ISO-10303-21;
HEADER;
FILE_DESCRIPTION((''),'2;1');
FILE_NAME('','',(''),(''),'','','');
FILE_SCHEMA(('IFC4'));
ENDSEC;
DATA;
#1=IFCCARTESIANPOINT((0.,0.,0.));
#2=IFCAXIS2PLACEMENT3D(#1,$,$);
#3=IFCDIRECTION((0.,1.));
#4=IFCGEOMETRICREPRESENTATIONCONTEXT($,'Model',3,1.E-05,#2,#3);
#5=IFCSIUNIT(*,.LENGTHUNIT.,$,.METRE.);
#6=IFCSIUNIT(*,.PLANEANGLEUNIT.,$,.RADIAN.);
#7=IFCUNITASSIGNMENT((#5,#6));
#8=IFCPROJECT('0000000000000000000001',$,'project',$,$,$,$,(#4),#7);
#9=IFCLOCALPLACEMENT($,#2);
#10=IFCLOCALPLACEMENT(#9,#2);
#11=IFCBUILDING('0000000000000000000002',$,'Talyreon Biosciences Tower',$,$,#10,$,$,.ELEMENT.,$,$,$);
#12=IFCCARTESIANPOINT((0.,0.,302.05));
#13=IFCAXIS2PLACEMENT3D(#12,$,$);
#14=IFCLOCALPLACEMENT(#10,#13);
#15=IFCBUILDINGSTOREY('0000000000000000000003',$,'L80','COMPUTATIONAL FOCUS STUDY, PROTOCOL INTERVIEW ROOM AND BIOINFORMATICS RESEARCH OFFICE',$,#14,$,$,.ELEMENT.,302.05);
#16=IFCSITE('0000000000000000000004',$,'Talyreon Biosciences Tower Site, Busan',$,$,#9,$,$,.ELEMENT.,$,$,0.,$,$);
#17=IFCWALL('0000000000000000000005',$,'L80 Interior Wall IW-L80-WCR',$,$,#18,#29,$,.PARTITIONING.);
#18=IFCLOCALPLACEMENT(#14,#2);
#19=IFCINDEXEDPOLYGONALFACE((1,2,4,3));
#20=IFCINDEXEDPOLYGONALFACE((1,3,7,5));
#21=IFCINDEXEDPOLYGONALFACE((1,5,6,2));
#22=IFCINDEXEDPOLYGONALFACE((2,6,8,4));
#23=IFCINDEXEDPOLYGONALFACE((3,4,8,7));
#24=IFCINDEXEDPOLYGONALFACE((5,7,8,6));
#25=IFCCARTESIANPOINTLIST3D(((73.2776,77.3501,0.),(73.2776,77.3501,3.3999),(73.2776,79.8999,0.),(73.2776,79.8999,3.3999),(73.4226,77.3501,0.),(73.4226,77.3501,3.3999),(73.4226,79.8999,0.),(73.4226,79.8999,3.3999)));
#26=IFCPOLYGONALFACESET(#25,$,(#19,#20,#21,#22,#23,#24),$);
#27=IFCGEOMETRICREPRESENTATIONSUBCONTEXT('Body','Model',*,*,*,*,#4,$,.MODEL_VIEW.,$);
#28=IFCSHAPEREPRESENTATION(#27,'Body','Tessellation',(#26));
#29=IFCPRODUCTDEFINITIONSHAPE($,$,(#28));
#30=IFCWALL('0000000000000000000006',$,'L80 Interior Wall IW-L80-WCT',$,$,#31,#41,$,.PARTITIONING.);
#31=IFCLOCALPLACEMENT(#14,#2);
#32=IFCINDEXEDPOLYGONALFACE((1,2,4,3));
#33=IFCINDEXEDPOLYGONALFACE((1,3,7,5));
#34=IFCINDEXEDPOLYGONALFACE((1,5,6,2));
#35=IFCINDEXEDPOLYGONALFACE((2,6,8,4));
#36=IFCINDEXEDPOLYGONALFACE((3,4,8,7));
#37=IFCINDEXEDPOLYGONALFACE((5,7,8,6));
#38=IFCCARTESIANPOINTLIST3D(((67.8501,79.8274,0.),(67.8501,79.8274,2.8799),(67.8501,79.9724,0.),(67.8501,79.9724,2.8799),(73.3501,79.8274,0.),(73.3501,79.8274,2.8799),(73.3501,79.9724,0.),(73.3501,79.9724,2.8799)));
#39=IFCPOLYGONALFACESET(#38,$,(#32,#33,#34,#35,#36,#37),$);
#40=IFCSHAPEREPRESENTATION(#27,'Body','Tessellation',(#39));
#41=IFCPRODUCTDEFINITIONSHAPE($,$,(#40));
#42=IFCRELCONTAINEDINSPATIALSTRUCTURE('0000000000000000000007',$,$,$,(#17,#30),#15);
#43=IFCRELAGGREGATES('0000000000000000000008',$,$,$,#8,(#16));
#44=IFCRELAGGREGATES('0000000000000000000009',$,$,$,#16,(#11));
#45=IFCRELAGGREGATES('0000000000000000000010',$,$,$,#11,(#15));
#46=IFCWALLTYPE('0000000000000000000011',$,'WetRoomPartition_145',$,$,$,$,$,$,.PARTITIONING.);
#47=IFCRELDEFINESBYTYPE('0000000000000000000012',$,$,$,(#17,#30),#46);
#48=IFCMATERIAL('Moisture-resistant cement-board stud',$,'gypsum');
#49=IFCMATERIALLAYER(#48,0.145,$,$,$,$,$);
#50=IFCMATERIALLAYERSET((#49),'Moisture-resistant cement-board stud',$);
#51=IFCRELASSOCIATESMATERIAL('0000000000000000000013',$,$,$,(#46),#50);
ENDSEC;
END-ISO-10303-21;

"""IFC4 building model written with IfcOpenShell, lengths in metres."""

from ifc_helpers import new_model, si_unit, direction, frame, frame_2d, origin, place, context, subcontext, project, spatial, rectangle, extrude, material, layer, layer_set, type_object, element, save


model = new_model("IFC4")

# Units and contexts
model_context = context("Model", 3, precision=1e-05, world=origin(), true_north=direction((0.0, 1.0)))
body_context = subcontext(model_context, "Body", "Model", "MODEL_VIEW")
ifc_project = project(units=[si_unit("LENGTHUNIT", "METRE"), si_unit("PLANEANGLEUNIT", "RADIAN")], contexts=[model_context])

# Site, building, storey
site_placement = place(None, origin())
site = spatial("IfcSite", under=ifc_project, at=site_placement, Name="Talyreon Biosciences Tower Site, Busan", CompositionType="ELEMENT", RefElevation=0.0)
building_placement = place(site_placement, origin())
building = spatial("IfcBuilding", under=site, at=building_placement, Name="Talyreon Biosciences Tower", CompositionType="ELEMENT")
storey_placement = place(building_placement, frame((0.0, 0.0, 302.05)))
storey = spatial("IfcBuildingStorey", under=building, at=storey_placement, Name="L80", Description="COMPUTATIONAL FOCUS STUDY, PROTOCOL INTERVIEW ROOM AND BIOINFORMATICS RESEARCH OFFICE", CompositionType="ELEMENT", Elevation=302.05)

# Walls
ifc_material_1 = material(Name="Moisture-resistant cement-board stud", Category="gypsum")
ifc_layer_1 = layer(ifc_material_1, 0.145)
ifc_layer_set_1 = layer_set([ifc_layer_1], Name="Moisture-resistant cement-board stud")
wall_type_1 = type_object("IfcWallType", Name="WetRoomPartition_145", PredefinedType="PARTITIONING", material=ifc_layer_set_1)
wall_1_placement = place(storey_placement, frame((73.3501, 77.3501, 0.0), z_axis=(0.0, 0.0, 1.0), x_axis=(0.0, 1.0, 0.0)))
element("IfcWall", 1, at=wall_1_placement, inside=storey, type_object=wall_type_1, Name="L80 Interior Wall IW-L80-WCR", PredefinedType="PARTITIONING", context=body_context, shape_type="SweptSolid", body=[
    extrude(rectangle(XDim=2.5498, YDim=0.145, at=frame_2d((1.2749, 0.0))), origin(), (0.0, 0.0, 1.0), 3.3999),
])
wall_2_placement = place(storey_placement, frame((67.8501, 79.8999, 0.0), z_axis=(0.0, 0.0, 1.0), x_axis=(1.0, 0.0, 0.0)))
element("IfcWall", 2, at=wall_2_placement, inside=storey, type_object=wall_type_1, Name="L80 Interior Wall IW-L80-WCT", PredefinedType="PARTITIONING", context=body_context, shape_type="SweptSolid", body=[
    extrude(rectangle(XDim=5.5, YDim=0.145, at=frame_2d((2.75, 0.0))), origin(), (0.0, 0.0, 1.0), 2.8799),
])

save(model, "model.ifc")
